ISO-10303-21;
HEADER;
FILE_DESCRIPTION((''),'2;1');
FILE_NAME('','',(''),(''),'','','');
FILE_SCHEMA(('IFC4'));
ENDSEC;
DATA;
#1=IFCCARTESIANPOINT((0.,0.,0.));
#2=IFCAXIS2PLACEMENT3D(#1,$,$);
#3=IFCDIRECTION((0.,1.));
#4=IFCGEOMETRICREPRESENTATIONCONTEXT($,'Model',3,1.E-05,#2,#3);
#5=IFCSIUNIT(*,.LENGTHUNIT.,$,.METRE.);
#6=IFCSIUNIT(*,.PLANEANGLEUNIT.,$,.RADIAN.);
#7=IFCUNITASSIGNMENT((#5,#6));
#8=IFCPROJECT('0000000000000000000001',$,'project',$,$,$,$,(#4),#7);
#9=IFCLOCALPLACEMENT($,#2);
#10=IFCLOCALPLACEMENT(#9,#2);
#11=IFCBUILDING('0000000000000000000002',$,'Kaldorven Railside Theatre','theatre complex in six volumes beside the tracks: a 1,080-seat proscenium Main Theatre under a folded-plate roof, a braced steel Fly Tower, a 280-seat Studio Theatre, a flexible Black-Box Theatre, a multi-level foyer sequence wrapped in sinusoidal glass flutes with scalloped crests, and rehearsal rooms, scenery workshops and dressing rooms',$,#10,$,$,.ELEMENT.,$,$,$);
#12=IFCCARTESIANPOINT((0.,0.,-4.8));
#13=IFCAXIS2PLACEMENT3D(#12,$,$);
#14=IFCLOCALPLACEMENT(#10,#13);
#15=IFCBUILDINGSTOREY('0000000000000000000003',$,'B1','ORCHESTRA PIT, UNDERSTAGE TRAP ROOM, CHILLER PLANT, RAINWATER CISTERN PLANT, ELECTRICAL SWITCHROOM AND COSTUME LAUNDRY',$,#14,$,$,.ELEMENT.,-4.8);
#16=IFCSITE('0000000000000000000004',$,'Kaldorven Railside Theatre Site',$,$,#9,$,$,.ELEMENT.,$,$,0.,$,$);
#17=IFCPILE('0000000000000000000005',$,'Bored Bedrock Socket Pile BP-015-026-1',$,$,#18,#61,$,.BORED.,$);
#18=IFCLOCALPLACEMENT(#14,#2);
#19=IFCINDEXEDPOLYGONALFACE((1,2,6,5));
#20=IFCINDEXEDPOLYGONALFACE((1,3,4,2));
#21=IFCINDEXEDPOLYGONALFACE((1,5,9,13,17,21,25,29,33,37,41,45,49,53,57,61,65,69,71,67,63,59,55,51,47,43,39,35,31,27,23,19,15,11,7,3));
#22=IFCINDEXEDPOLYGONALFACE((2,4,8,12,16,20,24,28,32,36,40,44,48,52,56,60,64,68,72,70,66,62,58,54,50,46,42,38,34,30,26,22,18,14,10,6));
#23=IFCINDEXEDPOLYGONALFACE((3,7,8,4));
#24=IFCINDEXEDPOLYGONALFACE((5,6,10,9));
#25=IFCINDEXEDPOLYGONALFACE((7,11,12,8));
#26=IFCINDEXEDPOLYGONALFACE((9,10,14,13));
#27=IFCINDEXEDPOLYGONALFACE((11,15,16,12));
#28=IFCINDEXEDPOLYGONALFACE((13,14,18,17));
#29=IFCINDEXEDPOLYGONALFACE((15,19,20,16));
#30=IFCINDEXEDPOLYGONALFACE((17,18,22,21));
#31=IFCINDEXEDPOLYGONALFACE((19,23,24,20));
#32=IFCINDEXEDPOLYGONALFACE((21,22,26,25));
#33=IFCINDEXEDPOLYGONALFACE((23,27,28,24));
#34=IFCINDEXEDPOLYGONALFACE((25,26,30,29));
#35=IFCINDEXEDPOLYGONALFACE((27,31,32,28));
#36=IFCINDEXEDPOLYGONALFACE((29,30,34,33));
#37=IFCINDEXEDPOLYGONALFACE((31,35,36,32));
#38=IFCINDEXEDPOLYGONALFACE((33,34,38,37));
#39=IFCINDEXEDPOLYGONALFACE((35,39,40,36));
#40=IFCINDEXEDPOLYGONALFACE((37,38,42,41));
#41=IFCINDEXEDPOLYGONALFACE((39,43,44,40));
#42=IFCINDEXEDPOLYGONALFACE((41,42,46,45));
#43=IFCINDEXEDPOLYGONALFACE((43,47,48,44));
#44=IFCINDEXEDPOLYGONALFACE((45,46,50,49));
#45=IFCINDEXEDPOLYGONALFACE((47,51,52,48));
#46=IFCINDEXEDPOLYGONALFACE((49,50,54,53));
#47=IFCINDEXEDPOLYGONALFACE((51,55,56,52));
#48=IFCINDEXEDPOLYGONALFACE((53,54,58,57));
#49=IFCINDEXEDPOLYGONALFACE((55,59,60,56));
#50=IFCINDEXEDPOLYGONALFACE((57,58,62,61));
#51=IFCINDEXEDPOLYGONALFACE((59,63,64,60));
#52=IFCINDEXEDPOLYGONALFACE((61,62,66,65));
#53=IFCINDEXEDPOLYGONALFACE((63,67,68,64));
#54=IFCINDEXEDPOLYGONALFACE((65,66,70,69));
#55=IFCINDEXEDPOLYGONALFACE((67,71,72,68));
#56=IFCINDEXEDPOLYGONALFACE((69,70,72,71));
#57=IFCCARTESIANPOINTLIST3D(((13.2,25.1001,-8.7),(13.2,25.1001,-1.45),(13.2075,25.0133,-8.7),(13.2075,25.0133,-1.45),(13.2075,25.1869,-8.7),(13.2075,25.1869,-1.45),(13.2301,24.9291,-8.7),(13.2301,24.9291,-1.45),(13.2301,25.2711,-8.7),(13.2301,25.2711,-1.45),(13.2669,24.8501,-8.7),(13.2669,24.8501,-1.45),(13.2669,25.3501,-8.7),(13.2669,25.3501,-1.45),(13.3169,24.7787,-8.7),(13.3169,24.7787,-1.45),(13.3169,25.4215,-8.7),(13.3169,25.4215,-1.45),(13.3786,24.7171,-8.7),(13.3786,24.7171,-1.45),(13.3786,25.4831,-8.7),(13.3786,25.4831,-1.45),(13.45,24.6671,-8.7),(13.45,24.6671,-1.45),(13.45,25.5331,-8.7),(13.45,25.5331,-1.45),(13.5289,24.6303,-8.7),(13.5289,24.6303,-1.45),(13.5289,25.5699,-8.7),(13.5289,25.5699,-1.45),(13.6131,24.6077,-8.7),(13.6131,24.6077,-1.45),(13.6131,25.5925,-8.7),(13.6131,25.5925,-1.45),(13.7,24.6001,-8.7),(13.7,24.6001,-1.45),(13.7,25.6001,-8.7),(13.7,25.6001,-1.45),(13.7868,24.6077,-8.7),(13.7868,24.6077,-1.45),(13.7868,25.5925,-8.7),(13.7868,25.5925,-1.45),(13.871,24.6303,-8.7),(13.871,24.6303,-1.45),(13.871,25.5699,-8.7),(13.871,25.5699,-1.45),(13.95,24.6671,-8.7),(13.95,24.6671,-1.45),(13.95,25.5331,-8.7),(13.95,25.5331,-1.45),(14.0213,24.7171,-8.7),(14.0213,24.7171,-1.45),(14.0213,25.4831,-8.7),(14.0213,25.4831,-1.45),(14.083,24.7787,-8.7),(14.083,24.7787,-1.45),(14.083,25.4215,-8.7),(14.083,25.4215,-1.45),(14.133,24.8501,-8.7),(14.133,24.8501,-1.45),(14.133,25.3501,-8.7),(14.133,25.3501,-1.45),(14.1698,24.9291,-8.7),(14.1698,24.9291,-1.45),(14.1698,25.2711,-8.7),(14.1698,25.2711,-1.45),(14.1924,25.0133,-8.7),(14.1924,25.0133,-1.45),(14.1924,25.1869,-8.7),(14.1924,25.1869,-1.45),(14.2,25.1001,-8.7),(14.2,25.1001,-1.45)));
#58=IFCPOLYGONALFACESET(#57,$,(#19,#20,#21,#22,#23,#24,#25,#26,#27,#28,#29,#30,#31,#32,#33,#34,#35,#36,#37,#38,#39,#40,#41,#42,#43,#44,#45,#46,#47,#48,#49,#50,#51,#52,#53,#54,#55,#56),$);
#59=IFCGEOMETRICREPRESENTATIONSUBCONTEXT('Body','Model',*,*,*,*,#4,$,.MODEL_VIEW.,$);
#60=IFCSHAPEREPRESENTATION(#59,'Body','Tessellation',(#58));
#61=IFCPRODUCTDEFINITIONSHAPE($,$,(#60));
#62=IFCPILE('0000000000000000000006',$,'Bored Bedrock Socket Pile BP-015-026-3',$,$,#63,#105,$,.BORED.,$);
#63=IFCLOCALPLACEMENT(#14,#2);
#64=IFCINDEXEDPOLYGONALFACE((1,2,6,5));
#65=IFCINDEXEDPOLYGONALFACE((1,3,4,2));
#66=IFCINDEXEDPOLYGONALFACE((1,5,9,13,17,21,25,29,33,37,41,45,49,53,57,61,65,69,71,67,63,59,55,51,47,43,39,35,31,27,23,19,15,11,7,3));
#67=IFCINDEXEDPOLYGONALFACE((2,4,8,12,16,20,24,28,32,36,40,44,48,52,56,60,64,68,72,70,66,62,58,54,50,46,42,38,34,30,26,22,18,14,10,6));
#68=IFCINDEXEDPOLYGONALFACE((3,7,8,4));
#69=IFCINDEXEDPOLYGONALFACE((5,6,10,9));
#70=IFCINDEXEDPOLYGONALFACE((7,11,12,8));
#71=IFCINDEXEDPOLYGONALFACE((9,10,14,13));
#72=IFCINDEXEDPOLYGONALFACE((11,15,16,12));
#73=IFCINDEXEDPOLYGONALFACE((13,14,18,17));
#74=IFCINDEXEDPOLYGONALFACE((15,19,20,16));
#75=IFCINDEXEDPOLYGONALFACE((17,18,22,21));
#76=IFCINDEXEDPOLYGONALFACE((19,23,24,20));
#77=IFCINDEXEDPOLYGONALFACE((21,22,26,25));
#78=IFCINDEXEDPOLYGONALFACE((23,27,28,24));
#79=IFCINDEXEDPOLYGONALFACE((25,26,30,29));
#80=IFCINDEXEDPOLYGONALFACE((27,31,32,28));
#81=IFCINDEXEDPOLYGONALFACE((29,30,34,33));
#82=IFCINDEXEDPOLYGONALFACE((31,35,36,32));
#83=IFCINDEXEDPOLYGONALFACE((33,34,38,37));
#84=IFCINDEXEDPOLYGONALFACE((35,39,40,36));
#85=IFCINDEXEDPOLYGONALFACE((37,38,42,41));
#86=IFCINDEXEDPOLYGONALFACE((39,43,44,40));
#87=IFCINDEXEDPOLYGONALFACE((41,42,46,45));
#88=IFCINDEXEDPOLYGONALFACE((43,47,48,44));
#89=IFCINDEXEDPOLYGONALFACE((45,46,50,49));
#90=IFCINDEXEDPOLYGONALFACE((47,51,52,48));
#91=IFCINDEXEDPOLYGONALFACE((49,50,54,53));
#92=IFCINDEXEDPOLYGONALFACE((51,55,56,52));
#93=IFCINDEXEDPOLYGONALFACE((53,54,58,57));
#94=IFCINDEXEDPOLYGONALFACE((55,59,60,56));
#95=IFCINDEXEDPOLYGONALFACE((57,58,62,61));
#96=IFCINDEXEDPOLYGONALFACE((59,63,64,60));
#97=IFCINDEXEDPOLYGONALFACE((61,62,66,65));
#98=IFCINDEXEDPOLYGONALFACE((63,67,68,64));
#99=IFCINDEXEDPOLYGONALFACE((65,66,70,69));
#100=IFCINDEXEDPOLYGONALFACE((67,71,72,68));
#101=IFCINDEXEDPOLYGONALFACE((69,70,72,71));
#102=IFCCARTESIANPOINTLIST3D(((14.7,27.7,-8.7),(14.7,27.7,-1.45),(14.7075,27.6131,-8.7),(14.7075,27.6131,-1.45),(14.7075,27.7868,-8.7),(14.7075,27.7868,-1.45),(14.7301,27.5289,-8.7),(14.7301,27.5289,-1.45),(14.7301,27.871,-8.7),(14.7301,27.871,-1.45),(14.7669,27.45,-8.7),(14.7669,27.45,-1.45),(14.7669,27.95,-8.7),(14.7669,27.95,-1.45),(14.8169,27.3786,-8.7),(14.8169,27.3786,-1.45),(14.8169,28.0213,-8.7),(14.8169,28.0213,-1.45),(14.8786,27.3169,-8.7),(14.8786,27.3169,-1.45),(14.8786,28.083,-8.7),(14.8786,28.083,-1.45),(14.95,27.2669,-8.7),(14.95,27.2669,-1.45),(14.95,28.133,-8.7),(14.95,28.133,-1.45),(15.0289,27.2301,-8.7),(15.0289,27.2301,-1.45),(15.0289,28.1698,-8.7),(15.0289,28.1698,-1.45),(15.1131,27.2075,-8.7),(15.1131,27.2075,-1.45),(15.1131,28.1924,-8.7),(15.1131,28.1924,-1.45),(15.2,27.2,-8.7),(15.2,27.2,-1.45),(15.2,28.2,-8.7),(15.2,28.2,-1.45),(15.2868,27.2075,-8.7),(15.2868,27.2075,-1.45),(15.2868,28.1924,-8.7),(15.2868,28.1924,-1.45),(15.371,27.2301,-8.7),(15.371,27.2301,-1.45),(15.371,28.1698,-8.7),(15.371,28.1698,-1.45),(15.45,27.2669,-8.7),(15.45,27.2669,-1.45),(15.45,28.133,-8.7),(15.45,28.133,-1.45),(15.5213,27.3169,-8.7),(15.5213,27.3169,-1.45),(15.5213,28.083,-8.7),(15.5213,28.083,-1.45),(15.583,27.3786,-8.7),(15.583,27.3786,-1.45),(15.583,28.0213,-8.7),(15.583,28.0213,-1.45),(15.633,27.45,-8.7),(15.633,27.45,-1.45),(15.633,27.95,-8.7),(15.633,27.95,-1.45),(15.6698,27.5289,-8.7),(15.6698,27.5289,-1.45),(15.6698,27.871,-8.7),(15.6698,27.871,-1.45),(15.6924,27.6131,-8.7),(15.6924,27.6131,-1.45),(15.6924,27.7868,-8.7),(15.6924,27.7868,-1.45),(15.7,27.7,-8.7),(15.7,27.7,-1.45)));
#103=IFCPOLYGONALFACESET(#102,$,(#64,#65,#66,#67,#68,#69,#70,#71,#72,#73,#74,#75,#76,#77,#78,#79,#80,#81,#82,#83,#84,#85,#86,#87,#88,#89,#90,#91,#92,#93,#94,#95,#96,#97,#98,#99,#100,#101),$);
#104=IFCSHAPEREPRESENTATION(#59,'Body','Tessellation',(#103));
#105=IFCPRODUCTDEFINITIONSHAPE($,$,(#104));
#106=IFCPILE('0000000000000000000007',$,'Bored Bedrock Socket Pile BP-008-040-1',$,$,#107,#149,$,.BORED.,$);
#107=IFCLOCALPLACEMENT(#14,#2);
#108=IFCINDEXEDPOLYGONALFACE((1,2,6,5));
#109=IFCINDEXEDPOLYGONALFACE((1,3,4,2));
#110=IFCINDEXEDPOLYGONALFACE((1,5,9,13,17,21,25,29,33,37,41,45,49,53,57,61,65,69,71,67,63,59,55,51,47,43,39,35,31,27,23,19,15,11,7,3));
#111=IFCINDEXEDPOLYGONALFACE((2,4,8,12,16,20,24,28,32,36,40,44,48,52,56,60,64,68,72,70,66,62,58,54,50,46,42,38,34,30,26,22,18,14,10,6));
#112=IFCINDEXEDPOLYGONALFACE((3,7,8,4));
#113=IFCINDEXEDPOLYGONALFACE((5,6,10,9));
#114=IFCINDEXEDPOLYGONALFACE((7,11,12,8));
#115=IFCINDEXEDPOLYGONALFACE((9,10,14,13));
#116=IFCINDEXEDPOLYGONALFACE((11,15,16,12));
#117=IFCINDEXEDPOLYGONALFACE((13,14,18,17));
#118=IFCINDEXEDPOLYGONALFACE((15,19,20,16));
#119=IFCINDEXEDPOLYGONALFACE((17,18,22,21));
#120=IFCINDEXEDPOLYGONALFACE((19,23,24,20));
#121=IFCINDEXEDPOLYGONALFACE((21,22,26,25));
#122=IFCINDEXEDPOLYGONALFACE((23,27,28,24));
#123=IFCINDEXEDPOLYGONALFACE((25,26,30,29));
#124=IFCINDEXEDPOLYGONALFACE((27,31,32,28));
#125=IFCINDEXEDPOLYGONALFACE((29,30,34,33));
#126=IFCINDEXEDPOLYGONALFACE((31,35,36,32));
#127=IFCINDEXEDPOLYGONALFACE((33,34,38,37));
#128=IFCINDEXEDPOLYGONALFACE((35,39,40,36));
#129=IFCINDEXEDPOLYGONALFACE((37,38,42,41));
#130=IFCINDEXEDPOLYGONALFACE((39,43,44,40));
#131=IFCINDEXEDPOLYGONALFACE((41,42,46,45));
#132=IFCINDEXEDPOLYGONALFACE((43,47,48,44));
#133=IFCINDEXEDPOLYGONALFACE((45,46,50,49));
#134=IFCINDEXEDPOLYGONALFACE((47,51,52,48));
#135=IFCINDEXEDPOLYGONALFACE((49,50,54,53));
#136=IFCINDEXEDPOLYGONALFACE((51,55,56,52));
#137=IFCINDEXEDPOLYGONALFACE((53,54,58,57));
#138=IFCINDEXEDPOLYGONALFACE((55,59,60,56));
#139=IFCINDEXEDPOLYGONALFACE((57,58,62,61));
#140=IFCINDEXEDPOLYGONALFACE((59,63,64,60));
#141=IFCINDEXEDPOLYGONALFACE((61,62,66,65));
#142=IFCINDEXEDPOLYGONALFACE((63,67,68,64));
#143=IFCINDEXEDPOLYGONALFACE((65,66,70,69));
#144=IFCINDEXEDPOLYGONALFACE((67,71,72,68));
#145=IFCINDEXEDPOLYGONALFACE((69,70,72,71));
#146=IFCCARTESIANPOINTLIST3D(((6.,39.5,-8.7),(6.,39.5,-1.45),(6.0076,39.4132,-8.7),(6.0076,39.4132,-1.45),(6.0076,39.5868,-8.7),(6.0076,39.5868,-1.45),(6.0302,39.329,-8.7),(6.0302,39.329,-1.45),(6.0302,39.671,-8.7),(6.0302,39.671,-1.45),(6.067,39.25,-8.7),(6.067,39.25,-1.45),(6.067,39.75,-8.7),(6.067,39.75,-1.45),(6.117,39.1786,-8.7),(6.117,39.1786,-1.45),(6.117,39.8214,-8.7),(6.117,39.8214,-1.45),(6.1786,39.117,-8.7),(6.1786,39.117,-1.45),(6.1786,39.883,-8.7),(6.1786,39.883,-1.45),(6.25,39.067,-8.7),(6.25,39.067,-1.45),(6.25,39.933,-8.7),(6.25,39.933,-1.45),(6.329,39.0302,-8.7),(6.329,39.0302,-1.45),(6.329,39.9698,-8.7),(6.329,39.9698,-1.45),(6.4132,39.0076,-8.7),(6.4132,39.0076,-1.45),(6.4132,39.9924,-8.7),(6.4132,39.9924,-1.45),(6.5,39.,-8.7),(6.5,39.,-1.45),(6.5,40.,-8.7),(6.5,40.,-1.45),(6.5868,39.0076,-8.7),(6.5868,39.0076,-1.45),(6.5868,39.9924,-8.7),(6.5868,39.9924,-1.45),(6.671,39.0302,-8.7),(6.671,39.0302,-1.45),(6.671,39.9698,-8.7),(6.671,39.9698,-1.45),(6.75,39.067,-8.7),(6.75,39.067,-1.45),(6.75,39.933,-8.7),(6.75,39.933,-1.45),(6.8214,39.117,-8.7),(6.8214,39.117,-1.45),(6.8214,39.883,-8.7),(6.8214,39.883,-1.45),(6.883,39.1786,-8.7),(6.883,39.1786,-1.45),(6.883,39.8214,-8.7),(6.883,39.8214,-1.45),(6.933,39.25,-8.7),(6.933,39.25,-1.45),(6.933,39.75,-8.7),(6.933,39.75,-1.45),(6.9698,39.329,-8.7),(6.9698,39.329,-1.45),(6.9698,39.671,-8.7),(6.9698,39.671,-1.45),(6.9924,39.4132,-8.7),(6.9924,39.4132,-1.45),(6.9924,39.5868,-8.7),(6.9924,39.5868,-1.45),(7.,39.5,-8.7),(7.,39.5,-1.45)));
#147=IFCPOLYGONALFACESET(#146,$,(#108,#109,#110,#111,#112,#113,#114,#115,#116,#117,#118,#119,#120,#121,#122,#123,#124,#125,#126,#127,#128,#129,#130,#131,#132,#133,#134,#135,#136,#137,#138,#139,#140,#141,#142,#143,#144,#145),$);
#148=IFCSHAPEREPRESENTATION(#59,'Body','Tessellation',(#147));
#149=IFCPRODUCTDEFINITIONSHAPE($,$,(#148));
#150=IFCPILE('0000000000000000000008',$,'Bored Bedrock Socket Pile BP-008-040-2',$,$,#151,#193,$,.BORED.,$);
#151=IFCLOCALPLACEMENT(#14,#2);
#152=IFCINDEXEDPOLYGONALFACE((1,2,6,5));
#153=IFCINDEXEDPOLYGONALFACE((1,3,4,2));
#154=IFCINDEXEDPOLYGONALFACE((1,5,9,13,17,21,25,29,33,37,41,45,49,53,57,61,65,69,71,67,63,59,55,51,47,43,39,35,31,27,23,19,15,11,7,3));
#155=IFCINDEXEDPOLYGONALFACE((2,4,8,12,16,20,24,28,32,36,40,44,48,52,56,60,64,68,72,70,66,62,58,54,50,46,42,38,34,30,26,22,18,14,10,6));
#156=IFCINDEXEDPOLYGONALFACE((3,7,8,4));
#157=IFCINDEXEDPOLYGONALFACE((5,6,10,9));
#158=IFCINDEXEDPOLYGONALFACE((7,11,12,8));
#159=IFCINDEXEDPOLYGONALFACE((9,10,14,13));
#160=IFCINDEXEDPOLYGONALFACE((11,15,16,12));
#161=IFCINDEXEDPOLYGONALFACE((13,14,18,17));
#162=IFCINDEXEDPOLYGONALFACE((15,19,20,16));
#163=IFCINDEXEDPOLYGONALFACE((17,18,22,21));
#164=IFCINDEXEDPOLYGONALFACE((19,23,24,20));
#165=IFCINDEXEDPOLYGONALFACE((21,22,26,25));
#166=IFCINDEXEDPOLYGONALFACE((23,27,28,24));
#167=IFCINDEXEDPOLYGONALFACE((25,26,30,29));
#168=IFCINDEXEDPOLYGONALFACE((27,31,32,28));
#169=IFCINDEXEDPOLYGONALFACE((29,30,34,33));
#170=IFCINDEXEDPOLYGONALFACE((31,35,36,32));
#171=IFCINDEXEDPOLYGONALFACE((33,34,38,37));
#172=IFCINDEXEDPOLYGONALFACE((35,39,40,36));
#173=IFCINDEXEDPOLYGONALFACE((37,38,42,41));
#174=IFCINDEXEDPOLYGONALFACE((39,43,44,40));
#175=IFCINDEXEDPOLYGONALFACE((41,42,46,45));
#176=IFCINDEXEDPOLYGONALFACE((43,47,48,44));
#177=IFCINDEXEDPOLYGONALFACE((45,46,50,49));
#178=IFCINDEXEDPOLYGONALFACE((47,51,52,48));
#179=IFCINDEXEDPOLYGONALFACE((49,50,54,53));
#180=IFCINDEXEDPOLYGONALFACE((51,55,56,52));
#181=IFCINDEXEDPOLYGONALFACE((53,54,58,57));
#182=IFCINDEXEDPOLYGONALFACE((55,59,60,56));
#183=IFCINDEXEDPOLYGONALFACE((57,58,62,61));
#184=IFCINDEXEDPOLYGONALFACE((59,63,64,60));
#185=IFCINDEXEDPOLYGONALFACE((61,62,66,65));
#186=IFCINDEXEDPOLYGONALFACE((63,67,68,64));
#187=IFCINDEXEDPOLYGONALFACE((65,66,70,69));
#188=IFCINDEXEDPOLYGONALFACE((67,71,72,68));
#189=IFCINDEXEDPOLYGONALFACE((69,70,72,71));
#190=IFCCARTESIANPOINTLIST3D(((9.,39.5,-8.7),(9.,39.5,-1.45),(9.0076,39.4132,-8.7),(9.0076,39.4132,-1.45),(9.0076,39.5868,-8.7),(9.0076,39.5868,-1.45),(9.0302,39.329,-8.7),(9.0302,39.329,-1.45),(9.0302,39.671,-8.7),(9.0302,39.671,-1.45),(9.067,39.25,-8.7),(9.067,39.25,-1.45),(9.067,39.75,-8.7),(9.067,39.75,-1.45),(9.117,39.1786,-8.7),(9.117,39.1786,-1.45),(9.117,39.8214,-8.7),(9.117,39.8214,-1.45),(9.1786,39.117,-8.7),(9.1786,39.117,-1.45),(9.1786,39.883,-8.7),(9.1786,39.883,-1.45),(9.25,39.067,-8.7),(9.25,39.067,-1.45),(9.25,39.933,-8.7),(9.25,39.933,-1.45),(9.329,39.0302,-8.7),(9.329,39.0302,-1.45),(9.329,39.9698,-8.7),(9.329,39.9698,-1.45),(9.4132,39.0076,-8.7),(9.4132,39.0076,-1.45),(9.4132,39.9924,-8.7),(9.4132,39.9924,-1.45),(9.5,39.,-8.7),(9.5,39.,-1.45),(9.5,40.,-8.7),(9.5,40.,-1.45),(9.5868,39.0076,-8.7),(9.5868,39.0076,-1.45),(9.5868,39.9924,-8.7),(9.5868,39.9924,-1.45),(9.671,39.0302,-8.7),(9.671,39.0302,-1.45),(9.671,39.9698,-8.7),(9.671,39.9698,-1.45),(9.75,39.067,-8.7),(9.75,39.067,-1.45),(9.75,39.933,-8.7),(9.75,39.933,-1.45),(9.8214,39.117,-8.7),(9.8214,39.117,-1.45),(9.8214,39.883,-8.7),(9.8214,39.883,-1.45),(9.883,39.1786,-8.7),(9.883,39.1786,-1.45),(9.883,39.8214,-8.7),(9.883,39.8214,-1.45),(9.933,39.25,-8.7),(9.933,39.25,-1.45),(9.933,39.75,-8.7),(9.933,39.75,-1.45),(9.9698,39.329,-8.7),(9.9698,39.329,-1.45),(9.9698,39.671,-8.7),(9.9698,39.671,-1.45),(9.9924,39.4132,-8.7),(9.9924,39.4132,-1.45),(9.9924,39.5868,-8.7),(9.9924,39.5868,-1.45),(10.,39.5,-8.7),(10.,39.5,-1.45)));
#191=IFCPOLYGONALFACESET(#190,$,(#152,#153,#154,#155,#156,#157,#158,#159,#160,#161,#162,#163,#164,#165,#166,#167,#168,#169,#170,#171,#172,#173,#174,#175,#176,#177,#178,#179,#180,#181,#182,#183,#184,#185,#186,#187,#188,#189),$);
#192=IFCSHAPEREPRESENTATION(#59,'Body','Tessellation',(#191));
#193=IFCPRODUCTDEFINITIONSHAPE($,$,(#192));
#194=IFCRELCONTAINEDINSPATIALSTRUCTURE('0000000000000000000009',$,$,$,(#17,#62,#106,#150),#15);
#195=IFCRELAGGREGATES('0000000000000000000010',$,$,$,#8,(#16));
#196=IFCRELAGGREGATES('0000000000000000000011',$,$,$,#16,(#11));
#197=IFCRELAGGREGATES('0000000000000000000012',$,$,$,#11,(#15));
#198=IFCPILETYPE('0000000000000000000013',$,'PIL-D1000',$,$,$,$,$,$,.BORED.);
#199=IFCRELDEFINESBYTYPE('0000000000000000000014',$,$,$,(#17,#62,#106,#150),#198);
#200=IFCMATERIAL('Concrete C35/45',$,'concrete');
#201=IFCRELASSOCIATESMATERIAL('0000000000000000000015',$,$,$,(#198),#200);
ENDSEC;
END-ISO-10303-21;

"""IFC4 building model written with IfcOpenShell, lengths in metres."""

from ifc_helpers import new_model, si_unit, direction, frame, origin, origin_2d, place, context, subcontext, project, spatial, circle, extrude, material, material_profile, profile_set, type_object, element, save


model = new_model("IFC4")

# Units and contexts
model_context = context("Model", 3, precision=1e-05, world=origin(), true_north=direction((0.0, 1.0)))
body_context = subcontext(model_context, "Body", "Model", "MODEL_VIEW")
ifc_project = project(units=[si_unit("LENGTHUNIT", "METRE"), si_unit("PLANEANGLEUNIT", "RADIAN")], contexts=[model_context])

# Site, building, storey
site_placement = place(None, origin())
site = spatial("IfcSite", under=ifc_project, at=site_placement, Name="Kaldorven Railside Theatre Site", CompositionType="ELEMENT", RefElevation=0.0)
building_placement = place(site_placement, origin())
building = spatial("IfcBuilding", under=site, at=building_placement, Name="Kaldorven Railside Theatre", Description="theatre complex in six volumes beside the tracks: a 1,080-seat proscenium Main Theatre under a folded-plate roof, a braced steel Fly Tower, a 280-seat Studio Theatre, a flexible Black-Box Theatre, a multi-level foyer sequence wrapped in sinusoidal glass flutes with scalloped crests, and rehearsal rooms, scenery workshops and dressing rooms", CompositionType="ELEMENT")
storey_placement = place(building_placement, frame((0.0, 0.0, -4.8)))
storey = spatial("IfcBuildingStorey", under=building, at=storey_placement, Name="B1", Description="ORCHESTRA PIT, UNDERSTAGE TRAP ROOM, CHILLER PLANT, RAINWATER CISTERN PLANT, ELECTRICAL SWITCHROOM AND COSTUME LAUNDRY", CompositionType="ELEMENT", Elevation=-4.8)

# Piles
ifc_material_1 = material(Name="Concrete C35/45", Category="concrete")
ifc_material_profile_1 = material_profile(ifc_material_1, circle(Radius=0.5, at=origin_2d()), Name="BP D1000")
ifc_profile_set_1 = profile_set([ifc_material_profile_1], Name="Concrete C35/45")
pile_type_1 = type_object("IfcPileType", Name="PIL-D1000", PredefinedType="BORED", material=ifc_profile_set_1)
for number, where, z_axis, x_axis, name in (
    (1, (13.7, 25.1001, -1.45), (0.0, 0.0, -1.0), (1.0, 0.0, 0.0), "Bored Bedrock Socket Pile BP-015-026-1"),
    (2, (15.2, 27.7, -1.45), (0.0, 0.0, -1.0), (1.0, 0.0, 0.0), "Bored Bedrock Socket Pile BP-015-026-3"),
    (3, (6.5, 39.5, -1.45), (0.0, 0.0, -1.0), (1.0, 0.0, 0.0), "Bored Bedrock Socket Pile BP-008-040-1"),
    (4, (9.5, 39.5, -1.45), (0.0, 0.0, -1.0), (1.0, 0.0, 0.0), "Bored Bedrock Socket Pile BP-008-040-2"),
):
    element("IfcPile", number, at=place(storey_placement, frame(where, z_axis=z_axis, x_axis=x_axis)), inside=storey, type_object=pile_type_1, Name=name, PredefinedType="BORED", context=body_context, shape_type="SweptSolid", body=[
        extrude(circle(Radius=0.5, at=origin_2d()), origin(), (0.0, 0.0, 1.0), 7.25),
    ])

save(model, "model.ifc")
